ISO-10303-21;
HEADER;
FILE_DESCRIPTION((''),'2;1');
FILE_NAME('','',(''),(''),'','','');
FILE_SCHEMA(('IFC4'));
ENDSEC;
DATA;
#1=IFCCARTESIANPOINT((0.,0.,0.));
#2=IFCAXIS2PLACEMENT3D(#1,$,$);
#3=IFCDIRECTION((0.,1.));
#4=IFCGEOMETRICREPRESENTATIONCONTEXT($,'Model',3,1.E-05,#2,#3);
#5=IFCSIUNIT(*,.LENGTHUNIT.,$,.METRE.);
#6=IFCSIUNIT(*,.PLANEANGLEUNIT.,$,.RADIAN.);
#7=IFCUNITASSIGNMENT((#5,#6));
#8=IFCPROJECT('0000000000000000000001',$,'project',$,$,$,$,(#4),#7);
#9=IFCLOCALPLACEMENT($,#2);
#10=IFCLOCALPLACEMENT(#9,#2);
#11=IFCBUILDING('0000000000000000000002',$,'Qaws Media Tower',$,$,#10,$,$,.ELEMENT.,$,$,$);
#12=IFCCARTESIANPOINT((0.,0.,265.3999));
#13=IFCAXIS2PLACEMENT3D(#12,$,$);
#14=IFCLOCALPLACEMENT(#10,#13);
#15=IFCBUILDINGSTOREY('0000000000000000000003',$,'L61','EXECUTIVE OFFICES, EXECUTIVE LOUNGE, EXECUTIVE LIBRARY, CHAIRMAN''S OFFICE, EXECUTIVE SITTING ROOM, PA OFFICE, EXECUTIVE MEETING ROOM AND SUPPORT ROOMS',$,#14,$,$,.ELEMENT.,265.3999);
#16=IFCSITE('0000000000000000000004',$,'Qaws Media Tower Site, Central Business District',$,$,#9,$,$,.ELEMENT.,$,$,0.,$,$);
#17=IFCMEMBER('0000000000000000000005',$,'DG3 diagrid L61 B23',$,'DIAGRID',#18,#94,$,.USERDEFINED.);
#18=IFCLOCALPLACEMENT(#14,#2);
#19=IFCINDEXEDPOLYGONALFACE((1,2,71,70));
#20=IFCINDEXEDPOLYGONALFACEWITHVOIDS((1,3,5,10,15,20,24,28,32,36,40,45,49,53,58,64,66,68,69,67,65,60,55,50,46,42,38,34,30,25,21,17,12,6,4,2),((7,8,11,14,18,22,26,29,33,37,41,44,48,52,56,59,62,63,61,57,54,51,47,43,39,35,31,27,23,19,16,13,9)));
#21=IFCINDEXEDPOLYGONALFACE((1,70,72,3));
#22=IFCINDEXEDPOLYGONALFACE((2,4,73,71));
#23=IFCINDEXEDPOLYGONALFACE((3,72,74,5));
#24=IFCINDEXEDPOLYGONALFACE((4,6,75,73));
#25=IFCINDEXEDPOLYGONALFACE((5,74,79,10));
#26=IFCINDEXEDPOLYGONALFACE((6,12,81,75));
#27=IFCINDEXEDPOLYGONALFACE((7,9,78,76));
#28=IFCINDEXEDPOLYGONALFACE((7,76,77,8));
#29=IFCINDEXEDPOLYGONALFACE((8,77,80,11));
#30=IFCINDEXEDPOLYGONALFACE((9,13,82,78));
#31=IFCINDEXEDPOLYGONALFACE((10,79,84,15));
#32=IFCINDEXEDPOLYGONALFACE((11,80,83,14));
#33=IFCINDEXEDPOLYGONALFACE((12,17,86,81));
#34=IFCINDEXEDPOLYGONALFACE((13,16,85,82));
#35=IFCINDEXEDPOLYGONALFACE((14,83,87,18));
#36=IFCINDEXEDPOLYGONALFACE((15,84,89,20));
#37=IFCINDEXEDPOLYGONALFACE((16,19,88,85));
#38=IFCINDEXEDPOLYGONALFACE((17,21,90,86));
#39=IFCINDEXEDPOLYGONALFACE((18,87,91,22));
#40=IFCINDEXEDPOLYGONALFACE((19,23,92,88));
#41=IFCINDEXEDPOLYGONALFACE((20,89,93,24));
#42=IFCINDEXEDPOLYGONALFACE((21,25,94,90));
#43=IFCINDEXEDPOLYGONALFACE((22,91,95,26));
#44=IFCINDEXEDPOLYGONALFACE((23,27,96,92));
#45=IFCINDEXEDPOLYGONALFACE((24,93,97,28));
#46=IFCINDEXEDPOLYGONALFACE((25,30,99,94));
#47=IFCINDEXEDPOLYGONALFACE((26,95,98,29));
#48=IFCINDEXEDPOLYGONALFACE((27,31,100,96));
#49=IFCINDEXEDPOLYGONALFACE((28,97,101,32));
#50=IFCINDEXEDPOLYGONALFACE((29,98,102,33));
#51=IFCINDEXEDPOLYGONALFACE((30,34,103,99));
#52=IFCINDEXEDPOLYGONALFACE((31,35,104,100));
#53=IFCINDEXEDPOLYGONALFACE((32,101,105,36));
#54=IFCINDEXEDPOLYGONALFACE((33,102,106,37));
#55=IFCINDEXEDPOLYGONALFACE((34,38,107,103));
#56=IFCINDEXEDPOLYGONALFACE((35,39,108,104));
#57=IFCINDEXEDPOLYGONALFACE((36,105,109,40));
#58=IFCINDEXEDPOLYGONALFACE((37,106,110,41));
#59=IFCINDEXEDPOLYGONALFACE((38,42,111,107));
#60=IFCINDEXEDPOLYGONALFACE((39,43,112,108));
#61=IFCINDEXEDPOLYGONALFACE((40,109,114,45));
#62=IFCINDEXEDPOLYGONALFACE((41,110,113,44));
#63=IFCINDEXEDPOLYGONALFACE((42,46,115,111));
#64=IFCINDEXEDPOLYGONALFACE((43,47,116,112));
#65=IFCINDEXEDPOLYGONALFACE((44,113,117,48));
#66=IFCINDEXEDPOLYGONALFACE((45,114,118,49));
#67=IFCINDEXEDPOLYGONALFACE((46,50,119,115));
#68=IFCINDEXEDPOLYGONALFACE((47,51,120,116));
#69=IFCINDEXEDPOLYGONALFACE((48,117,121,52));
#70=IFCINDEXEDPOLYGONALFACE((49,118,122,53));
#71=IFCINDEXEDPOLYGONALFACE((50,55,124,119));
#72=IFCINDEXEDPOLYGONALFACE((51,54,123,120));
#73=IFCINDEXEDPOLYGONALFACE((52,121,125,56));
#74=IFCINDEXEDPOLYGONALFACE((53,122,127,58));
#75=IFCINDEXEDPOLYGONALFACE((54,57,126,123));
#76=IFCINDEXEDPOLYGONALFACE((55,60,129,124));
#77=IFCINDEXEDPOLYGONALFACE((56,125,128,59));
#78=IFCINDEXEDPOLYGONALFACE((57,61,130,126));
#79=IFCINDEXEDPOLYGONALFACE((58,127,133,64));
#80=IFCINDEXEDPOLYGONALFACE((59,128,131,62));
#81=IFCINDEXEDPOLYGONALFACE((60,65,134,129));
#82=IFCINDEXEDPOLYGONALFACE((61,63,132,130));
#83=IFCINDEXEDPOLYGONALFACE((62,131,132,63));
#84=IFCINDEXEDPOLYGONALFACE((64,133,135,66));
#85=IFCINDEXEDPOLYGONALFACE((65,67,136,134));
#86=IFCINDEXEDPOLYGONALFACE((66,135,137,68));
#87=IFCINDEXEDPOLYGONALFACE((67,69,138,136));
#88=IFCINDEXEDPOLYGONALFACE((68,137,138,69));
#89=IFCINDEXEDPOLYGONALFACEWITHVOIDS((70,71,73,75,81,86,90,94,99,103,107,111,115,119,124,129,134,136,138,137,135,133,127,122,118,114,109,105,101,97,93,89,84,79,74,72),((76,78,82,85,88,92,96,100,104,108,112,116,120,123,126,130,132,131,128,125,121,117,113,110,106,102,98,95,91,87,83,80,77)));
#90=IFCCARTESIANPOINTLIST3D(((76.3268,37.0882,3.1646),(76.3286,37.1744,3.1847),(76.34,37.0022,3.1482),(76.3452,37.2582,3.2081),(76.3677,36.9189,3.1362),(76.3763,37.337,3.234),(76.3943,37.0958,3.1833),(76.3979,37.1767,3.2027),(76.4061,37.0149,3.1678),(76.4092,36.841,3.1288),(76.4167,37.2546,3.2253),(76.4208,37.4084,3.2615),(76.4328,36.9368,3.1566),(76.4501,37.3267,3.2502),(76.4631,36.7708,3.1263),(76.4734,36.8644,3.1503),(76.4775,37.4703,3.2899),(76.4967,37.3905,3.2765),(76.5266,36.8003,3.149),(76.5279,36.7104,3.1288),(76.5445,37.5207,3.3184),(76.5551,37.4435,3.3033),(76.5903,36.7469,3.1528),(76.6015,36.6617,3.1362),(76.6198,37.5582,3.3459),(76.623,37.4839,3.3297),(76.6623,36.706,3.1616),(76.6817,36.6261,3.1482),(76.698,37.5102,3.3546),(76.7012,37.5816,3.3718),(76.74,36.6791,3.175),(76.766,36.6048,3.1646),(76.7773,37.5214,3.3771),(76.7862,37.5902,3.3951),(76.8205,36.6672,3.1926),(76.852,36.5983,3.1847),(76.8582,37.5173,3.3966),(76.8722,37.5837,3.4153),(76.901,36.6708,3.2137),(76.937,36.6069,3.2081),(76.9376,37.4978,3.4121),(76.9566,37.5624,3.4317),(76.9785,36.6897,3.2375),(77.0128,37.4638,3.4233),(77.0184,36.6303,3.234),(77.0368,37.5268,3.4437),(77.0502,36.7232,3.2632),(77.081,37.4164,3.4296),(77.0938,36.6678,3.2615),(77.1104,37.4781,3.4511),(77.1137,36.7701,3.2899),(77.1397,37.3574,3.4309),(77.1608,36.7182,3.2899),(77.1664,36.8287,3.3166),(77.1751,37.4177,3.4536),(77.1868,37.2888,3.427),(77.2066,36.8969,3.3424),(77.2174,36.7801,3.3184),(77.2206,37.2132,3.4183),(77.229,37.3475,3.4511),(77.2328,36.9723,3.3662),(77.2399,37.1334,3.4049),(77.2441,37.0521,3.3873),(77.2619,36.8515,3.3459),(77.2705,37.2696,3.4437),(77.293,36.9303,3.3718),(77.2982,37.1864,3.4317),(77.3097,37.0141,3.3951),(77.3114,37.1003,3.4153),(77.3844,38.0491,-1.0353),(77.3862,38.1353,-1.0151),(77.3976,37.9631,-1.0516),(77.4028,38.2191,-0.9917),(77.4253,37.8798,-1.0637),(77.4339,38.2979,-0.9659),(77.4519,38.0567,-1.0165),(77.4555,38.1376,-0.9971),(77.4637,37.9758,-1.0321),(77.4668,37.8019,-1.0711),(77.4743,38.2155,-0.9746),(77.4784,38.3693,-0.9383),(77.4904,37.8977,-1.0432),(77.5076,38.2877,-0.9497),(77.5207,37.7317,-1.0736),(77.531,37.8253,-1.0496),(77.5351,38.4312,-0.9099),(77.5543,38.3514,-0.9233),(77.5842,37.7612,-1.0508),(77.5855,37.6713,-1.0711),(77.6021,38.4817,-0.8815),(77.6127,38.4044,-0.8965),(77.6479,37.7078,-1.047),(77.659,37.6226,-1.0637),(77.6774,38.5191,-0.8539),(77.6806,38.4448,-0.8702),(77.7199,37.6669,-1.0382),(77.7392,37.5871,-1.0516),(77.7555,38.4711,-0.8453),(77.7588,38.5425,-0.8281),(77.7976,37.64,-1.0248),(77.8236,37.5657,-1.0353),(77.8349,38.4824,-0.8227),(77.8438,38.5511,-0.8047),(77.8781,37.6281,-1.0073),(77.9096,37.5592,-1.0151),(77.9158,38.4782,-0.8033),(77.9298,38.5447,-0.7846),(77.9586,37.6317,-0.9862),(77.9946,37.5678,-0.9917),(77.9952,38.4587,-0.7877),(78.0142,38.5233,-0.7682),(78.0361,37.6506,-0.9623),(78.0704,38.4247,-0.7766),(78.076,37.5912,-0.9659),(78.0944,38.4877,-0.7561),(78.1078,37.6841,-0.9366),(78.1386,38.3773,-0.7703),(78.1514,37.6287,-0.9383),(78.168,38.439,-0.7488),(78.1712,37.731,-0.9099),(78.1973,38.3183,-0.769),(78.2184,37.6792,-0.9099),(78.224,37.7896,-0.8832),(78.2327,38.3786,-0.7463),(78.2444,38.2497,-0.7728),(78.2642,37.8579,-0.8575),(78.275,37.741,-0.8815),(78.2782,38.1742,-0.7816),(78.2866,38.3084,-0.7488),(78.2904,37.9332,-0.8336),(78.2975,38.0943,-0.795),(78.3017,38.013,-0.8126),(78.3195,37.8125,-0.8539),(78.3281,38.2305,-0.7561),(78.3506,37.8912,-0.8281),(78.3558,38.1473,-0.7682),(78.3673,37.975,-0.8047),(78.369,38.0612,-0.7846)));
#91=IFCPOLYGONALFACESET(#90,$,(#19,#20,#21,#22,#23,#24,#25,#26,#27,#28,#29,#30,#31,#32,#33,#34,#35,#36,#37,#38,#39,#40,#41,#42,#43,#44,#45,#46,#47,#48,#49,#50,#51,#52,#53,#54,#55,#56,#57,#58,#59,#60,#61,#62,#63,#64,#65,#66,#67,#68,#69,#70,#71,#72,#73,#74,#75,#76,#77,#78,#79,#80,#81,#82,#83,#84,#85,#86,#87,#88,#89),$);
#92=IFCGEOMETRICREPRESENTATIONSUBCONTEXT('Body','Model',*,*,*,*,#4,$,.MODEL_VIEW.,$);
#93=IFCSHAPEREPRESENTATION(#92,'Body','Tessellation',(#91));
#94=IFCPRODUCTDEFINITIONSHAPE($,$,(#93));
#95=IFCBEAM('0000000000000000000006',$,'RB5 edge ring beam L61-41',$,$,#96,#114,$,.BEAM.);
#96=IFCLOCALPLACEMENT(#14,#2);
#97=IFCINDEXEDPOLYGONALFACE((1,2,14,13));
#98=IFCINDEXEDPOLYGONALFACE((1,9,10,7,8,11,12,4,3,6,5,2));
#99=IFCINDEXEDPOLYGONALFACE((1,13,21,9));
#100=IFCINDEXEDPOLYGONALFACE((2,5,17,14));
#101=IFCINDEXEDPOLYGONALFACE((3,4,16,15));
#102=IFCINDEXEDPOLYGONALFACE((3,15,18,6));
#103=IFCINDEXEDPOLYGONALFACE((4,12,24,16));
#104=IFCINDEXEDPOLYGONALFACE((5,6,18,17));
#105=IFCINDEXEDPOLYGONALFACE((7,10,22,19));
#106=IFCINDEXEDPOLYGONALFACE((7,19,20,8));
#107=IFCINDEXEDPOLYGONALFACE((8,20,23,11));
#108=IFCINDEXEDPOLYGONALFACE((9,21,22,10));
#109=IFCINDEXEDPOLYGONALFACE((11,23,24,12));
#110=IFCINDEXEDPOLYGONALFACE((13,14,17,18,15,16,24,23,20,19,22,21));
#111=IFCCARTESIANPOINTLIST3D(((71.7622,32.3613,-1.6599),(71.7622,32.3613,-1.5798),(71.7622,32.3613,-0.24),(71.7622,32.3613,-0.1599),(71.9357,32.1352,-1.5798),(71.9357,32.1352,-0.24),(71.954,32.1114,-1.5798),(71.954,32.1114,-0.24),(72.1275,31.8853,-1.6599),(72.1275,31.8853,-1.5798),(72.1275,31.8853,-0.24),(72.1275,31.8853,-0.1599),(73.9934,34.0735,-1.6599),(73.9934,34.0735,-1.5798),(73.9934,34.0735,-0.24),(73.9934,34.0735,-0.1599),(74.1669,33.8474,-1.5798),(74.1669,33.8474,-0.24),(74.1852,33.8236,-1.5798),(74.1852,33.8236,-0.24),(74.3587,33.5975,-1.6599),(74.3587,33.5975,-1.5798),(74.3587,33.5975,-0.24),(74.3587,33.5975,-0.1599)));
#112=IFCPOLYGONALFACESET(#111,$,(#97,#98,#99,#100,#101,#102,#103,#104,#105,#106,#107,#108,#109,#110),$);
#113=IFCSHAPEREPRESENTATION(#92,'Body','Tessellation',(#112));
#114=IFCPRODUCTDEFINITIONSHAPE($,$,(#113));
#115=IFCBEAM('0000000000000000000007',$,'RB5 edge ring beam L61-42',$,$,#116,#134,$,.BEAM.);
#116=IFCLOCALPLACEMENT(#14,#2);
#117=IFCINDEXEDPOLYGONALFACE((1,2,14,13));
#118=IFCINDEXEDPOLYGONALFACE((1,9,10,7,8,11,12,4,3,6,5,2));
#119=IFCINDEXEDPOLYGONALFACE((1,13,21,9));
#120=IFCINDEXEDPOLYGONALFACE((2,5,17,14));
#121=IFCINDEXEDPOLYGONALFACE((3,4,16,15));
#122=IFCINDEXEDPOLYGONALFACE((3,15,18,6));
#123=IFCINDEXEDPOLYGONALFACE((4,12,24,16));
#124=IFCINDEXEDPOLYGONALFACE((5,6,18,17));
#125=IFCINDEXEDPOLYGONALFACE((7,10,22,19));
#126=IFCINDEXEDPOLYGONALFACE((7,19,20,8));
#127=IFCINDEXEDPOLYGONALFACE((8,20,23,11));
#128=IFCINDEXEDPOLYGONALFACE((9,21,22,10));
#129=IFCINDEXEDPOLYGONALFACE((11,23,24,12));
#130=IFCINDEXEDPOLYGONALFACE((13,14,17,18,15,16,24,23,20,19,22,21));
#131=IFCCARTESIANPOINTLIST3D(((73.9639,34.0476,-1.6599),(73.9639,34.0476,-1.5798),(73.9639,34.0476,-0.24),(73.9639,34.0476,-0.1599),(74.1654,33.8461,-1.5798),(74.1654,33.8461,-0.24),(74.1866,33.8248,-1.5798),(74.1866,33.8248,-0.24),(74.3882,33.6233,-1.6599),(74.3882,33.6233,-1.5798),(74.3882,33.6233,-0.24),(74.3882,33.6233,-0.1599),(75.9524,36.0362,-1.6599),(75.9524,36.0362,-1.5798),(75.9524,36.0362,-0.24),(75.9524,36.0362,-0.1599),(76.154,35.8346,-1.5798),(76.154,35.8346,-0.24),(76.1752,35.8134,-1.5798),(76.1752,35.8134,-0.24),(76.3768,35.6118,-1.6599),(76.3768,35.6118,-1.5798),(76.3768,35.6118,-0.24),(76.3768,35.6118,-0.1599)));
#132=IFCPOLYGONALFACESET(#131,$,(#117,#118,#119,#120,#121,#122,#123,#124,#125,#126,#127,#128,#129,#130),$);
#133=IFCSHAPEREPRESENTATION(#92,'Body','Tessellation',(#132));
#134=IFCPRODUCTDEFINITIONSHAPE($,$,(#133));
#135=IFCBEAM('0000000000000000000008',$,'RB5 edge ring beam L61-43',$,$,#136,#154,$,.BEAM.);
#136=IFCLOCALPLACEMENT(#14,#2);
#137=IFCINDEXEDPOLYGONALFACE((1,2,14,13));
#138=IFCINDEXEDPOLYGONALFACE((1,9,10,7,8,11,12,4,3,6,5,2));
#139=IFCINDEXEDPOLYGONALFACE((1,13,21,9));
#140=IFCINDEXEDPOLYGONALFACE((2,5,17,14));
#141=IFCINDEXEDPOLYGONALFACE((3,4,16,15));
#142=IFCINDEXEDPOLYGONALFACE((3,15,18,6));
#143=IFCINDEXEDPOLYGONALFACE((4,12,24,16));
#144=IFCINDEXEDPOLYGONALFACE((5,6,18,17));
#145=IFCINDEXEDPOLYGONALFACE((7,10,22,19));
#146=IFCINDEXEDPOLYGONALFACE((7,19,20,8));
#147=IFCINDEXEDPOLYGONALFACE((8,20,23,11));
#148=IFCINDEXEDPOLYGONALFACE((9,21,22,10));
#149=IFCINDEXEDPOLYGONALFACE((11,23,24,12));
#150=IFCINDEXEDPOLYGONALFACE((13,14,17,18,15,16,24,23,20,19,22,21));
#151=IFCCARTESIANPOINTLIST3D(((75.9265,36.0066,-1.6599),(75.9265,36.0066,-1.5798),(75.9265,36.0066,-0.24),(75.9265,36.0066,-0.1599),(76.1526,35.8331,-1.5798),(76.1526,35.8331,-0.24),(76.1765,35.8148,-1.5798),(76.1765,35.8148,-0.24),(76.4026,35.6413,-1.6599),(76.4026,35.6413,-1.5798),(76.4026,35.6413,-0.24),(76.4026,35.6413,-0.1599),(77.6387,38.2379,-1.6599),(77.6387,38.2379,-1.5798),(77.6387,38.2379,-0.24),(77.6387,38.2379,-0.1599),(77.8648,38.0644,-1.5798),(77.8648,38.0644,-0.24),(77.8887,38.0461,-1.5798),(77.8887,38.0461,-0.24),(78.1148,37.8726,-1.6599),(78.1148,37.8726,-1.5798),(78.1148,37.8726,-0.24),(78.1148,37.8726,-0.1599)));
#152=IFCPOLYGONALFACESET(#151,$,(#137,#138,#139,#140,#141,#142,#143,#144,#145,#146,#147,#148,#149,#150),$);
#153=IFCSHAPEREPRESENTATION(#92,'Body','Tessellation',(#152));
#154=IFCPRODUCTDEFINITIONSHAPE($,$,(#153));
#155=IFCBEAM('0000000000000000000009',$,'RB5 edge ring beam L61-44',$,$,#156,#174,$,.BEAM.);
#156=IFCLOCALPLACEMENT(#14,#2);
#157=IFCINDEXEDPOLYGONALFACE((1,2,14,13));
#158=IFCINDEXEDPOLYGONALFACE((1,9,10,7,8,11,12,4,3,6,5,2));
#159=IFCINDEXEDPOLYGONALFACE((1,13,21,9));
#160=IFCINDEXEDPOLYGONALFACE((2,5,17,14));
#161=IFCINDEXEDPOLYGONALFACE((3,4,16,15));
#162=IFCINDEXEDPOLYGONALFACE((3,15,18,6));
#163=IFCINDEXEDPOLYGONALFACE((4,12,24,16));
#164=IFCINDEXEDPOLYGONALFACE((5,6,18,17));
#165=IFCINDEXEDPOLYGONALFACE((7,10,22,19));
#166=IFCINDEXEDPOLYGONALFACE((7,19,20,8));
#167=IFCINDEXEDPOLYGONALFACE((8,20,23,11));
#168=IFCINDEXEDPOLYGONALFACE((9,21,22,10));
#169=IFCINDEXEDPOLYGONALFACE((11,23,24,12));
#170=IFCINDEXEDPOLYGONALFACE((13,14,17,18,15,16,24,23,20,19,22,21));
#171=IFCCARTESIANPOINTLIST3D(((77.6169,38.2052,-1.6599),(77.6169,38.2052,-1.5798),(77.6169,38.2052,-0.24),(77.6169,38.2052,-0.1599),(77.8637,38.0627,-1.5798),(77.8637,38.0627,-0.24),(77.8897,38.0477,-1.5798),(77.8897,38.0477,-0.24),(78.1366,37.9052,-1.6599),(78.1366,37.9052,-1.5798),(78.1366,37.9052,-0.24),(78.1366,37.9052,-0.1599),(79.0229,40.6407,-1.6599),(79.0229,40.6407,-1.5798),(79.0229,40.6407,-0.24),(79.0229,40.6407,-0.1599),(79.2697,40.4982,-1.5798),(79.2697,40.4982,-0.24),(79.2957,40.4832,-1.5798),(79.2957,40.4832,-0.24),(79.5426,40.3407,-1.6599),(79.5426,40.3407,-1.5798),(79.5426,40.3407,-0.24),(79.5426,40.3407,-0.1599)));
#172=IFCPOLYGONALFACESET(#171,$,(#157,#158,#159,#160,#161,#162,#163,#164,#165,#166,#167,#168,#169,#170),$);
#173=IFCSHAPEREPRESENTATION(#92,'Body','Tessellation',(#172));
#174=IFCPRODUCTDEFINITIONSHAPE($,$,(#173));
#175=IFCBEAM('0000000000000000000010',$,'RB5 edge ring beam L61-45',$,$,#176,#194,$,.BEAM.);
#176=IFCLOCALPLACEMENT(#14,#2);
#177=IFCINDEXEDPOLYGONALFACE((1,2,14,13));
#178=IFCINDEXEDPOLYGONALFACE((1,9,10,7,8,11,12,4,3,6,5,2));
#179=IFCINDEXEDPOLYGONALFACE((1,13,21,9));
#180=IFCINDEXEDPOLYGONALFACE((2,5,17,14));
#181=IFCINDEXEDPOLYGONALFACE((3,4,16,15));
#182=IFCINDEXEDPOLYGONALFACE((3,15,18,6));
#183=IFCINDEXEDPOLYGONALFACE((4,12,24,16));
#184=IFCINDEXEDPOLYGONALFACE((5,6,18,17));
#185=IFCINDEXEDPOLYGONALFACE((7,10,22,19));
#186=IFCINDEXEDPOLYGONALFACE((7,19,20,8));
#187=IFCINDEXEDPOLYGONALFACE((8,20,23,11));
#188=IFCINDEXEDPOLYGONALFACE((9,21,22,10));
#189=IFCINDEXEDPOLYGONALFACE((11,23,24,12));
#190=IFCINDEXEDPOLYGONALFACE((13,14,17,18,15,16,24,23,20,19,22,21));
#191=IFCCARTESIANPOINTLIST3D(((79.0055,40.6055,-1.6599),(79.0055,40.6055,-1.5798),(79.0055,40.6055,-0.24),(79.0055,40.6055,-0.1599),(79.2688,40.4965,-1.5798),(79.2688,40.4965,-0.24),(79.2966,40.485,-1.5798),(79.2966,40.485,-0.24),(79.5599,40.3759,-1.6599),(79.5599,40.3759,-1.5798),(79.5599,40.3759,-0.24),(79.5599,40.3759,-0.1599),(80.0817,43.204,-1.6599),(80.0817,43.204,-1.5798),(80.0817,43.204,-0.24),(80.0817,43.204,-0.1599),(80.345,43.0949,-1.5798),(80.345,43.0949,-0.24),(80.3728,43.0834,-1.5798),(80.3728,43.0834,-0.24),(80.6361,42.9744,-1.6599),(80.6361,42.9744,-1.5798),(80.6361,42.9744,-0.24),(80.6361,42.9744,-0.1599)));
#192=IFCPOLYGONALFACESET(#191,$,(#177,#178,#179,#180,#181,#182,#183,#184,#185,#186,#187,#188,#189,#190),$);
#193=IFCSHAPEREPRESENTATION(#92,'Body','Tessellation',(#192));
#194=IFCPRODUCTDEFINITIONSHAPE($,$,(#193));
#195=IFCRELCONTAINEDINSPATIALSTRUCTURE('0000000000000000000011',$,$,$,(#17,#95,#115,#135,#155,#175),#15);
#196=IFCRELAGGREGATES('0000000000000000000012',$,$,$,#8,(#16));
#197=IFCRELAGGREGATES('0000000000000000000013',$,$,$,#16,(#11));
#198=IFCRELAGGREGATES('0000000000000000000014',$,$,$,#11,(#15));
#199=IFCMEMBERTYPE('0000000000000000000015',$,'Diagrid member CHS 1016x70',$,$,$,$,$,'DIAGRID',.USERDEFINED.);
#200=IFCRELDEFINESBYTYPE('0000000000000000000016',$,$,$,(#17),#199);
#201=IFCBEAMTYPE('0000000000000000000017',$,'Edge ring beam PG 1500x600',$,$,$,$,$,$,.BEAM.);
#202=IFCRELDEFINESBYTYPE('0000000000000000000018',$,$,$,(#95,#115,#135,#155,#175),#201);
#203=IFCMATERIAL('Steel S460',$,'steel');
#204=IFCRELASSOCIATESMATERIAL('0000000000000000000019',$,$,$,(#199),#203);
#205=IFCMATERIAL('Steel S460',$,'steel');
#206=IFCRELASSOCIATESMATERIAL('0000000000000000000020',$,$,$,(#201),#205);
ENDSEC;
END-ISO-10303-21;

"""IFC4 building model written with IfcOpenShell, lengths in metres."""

from ifc_helpers import new_model, si_unit, direction, frame, origin, origin_2d, place, context, subcontext, project, spatial, hollow_circle, i_section, extrude, material, material_profile, profile_set, type_object, element, save


model = new_model("IFC4")

# Units and contexts
model_context = context("Model", 3, precision=1e-05, world=origin(), true_north=direction((0.0, 1.0)))
body_context = subcontext(model_context, "Body", "Model", "MODEL_VIEW")
ifc_project = project(units=[si_unit("LENGTHUNIT", "METRE"), si_unit("PLANEANGLEUNIT", "RADIAN")], contexts=[model_context])

# Site, building, storey
site_placement = place(None, origin())
site = spatial("IfcSite", under=ifc_project, at=site_placement, Name="Qaws Media Tower Site, Central Business District", CompositionType="ELEMENT", RefElevation=0.0)
building_placement = place(site_placement, origin())
building = spatial("IfcBuilding", under=site, at=building_placement, Name="Qaws Media Tower", CompositionType="ELEMENT")
storey_placement = place(building_placement, frame((0.0, 0.0, 265.3999)))
storey = spatial("IfcBuildingStorey", under=building, at=storey_placement, Name="L61", Description="EXECUTIVE OFFICES, EXECUTIVE LOUNGE, EXECUTIVE LIBRARY, CHAIRMAN'S OFFICE, EXECUTIVE SITTING ROOM, PA OFFICE, EXECUTIVE MEETING ROOM AND SUPPORT ROOMS", CompositionType="ELEMENT", Elevation=265.3999)

# Member
ifc_material_1 = material(Name="Steel S460", Category="steel")
ifc_material_profile_1 = material_profile(ifc_material_1, hollow_circle(Radius=0.5081, WallThickness=0.0701, at=origin_2d()), Name="CHS 1016x70")
ifc_profile_set_1 = profile_set([ifc_material_profile_1], Name="Steel S460")
member_type_1 = type_object("IfcMemberType", Name="Diagrid member CHS 1016x70", ElementType="DIAGRID", PredefinedType="USERDEFINED", material=ifc_profile_set_1)
member_1_placement = place(storey_placement, frame((77.8767, 38.0552, -0.9099), z_axis=(-0.238396, -0.216604, 0.946705), x_axis=(0.672469, -0.740126, 0.0)))
element("IfcMember", 1, at=member_1_placement, inside=storey, type_object=member_type_1, Name="DG3 diagrid L61 B23", ObjectType="DIAGRID", PredefinedType="USERDEFINED", context=body_context, shape_type="SweptSolid", body=[
    extrude(hollow_circle(Radius=0.5081, WallThickness=0.0701, at=origin_2d()), origin(), (0.0, 0.0, 1.0), 4.4363),
])

# Beams
ifc_material_2 = material(Name="Steel S460", Category="steel")
ifc_material_profile_2 = material_profile(ifc_material_2, i_section(OverallWidth=0.6001, OverallDepth=1.5, WebThickness=0.03, FlangeThickness=0.0801, at=origin_2d()), Name="PG 1500x600")
ifc_profile_set_2 = profile_set([ifc_material_profile_2], Name="Steel S460")
beam_type = type_object("IfcBeamType", Name="Edge ring beam PG 1500x600", PredefinedType="BEAM", material=ifc_profile_set_2)
beam_1_placement = place(storey_placement, frame((71.9448, 32.1233, -0.9099), z_axis=(0.793337, 0.608783, 0.0), x_axis=(-0.608783, 0.793337, 0.0)))
element("IfcBeam", 2, at=beam_1_placement, inside=storey, type_object=beam_type, Name="RB5 edge ring beam L61-41", PredefinedType="BEAM", context=body_context, shape_type="SweptSolid", body=[
    extrude(i_section(OverallWidth=0.6001, OverallDepth=1.5, WebThickness=0.03, FlangeThickness=0.0801, at=origin_2d()), origin(), (0.0, 0.0, 1.0), 2.8125),
])
beam_2_placement = place(storey_placement, frame((74.176, 33.8354, -0.9099), z_axis=(0.707107, 0.707107, 0.0), x_axis=(-0.707107, 0.707107, 0.0)))
element("IfcBeam", 3, at=beam_2_placement, inside=storey, type_object=beam_type, Name="RB5 edge ring beam L61-42", PredefinedType="BEAM", context=body_context, shape_type="SweptSolid", body=[
    extrude(i_section(OverallWidth=0.6001, OverallDepth=1.5, WebThickness=0.03, FlangeThickness=0.0801, at=origin_2d()), origin(), (0.0, 0.0, 1.0), 2.8123),
])
beam_3_placement = place(storey_placement, frame((76.1646, 35.824, -0.9099), z_axis=(0.608783, 0.793337, 0.0), x_axis=(-0.793337, 0.608783, 0.0)))
element("IfcBeam", 4, at=beam_3_placement, inside=storey, type_object=beam_type, Name="RB5 edge ring beam L61-43", PredefinedType="BEAM", context=body_context, shape_type="SweptSolid", body=[
    extrude(i_section(OverallWidth=0.6001, OverallDepth=1.5, WebThickness=0.03, FlangeThickness=0.0801, at=origin_2d()), origin(), (0.0, 0.0, 1.0), 2.8125),
])
beam_4_placement = place(storey_placement, frame((77.8767, 38.0552, -0.9099), z_axis=(0.499958, 0.86605, 0.0), x_axis=(-0.86605, 0.499958, 0.0)))
element("IfcBeam", 5, at=beam_4_placement, inside=storey, type_object=beam_type, Name="RB5 edge ring beam L61-44", PredefinedType="BEAM", context=body_context, shape_type="SweptSolid", body=[
    extrude(i_section(OverallWidth=0.6001, OverallDepth=1.5, WebThickness=0.03, FlangeThickness=0.0801, at=origin_2d()), origin(), (0.0, 0.0, 1.0), 2.8123),
])
beam_5_placement = place(storey_placement, frame((79.2827, 40.4907, -0.9099), z_axis=(0.382648, 0.923894, 0.0), x_axis=(-0.923894, 0.382648, 0.0)))
element("IfcBeam", 6, at=beam_5_placement, inside=storey, type_object=beam_type, Name="RB5 edge ring beam L61-45", PredefinedType="BEAM", context=body_context, shape_type="SweptSolid", body=[
    extrude(i_section(OverallWidth=0.6001, OverallDepth=1.5, WebThickness=0.03, FlangeThickness=0.0801, at=origin_2d()), origin(), (0.0, 0.0, 1.0), 2.8125),
])

save(model, "model.ifc")
